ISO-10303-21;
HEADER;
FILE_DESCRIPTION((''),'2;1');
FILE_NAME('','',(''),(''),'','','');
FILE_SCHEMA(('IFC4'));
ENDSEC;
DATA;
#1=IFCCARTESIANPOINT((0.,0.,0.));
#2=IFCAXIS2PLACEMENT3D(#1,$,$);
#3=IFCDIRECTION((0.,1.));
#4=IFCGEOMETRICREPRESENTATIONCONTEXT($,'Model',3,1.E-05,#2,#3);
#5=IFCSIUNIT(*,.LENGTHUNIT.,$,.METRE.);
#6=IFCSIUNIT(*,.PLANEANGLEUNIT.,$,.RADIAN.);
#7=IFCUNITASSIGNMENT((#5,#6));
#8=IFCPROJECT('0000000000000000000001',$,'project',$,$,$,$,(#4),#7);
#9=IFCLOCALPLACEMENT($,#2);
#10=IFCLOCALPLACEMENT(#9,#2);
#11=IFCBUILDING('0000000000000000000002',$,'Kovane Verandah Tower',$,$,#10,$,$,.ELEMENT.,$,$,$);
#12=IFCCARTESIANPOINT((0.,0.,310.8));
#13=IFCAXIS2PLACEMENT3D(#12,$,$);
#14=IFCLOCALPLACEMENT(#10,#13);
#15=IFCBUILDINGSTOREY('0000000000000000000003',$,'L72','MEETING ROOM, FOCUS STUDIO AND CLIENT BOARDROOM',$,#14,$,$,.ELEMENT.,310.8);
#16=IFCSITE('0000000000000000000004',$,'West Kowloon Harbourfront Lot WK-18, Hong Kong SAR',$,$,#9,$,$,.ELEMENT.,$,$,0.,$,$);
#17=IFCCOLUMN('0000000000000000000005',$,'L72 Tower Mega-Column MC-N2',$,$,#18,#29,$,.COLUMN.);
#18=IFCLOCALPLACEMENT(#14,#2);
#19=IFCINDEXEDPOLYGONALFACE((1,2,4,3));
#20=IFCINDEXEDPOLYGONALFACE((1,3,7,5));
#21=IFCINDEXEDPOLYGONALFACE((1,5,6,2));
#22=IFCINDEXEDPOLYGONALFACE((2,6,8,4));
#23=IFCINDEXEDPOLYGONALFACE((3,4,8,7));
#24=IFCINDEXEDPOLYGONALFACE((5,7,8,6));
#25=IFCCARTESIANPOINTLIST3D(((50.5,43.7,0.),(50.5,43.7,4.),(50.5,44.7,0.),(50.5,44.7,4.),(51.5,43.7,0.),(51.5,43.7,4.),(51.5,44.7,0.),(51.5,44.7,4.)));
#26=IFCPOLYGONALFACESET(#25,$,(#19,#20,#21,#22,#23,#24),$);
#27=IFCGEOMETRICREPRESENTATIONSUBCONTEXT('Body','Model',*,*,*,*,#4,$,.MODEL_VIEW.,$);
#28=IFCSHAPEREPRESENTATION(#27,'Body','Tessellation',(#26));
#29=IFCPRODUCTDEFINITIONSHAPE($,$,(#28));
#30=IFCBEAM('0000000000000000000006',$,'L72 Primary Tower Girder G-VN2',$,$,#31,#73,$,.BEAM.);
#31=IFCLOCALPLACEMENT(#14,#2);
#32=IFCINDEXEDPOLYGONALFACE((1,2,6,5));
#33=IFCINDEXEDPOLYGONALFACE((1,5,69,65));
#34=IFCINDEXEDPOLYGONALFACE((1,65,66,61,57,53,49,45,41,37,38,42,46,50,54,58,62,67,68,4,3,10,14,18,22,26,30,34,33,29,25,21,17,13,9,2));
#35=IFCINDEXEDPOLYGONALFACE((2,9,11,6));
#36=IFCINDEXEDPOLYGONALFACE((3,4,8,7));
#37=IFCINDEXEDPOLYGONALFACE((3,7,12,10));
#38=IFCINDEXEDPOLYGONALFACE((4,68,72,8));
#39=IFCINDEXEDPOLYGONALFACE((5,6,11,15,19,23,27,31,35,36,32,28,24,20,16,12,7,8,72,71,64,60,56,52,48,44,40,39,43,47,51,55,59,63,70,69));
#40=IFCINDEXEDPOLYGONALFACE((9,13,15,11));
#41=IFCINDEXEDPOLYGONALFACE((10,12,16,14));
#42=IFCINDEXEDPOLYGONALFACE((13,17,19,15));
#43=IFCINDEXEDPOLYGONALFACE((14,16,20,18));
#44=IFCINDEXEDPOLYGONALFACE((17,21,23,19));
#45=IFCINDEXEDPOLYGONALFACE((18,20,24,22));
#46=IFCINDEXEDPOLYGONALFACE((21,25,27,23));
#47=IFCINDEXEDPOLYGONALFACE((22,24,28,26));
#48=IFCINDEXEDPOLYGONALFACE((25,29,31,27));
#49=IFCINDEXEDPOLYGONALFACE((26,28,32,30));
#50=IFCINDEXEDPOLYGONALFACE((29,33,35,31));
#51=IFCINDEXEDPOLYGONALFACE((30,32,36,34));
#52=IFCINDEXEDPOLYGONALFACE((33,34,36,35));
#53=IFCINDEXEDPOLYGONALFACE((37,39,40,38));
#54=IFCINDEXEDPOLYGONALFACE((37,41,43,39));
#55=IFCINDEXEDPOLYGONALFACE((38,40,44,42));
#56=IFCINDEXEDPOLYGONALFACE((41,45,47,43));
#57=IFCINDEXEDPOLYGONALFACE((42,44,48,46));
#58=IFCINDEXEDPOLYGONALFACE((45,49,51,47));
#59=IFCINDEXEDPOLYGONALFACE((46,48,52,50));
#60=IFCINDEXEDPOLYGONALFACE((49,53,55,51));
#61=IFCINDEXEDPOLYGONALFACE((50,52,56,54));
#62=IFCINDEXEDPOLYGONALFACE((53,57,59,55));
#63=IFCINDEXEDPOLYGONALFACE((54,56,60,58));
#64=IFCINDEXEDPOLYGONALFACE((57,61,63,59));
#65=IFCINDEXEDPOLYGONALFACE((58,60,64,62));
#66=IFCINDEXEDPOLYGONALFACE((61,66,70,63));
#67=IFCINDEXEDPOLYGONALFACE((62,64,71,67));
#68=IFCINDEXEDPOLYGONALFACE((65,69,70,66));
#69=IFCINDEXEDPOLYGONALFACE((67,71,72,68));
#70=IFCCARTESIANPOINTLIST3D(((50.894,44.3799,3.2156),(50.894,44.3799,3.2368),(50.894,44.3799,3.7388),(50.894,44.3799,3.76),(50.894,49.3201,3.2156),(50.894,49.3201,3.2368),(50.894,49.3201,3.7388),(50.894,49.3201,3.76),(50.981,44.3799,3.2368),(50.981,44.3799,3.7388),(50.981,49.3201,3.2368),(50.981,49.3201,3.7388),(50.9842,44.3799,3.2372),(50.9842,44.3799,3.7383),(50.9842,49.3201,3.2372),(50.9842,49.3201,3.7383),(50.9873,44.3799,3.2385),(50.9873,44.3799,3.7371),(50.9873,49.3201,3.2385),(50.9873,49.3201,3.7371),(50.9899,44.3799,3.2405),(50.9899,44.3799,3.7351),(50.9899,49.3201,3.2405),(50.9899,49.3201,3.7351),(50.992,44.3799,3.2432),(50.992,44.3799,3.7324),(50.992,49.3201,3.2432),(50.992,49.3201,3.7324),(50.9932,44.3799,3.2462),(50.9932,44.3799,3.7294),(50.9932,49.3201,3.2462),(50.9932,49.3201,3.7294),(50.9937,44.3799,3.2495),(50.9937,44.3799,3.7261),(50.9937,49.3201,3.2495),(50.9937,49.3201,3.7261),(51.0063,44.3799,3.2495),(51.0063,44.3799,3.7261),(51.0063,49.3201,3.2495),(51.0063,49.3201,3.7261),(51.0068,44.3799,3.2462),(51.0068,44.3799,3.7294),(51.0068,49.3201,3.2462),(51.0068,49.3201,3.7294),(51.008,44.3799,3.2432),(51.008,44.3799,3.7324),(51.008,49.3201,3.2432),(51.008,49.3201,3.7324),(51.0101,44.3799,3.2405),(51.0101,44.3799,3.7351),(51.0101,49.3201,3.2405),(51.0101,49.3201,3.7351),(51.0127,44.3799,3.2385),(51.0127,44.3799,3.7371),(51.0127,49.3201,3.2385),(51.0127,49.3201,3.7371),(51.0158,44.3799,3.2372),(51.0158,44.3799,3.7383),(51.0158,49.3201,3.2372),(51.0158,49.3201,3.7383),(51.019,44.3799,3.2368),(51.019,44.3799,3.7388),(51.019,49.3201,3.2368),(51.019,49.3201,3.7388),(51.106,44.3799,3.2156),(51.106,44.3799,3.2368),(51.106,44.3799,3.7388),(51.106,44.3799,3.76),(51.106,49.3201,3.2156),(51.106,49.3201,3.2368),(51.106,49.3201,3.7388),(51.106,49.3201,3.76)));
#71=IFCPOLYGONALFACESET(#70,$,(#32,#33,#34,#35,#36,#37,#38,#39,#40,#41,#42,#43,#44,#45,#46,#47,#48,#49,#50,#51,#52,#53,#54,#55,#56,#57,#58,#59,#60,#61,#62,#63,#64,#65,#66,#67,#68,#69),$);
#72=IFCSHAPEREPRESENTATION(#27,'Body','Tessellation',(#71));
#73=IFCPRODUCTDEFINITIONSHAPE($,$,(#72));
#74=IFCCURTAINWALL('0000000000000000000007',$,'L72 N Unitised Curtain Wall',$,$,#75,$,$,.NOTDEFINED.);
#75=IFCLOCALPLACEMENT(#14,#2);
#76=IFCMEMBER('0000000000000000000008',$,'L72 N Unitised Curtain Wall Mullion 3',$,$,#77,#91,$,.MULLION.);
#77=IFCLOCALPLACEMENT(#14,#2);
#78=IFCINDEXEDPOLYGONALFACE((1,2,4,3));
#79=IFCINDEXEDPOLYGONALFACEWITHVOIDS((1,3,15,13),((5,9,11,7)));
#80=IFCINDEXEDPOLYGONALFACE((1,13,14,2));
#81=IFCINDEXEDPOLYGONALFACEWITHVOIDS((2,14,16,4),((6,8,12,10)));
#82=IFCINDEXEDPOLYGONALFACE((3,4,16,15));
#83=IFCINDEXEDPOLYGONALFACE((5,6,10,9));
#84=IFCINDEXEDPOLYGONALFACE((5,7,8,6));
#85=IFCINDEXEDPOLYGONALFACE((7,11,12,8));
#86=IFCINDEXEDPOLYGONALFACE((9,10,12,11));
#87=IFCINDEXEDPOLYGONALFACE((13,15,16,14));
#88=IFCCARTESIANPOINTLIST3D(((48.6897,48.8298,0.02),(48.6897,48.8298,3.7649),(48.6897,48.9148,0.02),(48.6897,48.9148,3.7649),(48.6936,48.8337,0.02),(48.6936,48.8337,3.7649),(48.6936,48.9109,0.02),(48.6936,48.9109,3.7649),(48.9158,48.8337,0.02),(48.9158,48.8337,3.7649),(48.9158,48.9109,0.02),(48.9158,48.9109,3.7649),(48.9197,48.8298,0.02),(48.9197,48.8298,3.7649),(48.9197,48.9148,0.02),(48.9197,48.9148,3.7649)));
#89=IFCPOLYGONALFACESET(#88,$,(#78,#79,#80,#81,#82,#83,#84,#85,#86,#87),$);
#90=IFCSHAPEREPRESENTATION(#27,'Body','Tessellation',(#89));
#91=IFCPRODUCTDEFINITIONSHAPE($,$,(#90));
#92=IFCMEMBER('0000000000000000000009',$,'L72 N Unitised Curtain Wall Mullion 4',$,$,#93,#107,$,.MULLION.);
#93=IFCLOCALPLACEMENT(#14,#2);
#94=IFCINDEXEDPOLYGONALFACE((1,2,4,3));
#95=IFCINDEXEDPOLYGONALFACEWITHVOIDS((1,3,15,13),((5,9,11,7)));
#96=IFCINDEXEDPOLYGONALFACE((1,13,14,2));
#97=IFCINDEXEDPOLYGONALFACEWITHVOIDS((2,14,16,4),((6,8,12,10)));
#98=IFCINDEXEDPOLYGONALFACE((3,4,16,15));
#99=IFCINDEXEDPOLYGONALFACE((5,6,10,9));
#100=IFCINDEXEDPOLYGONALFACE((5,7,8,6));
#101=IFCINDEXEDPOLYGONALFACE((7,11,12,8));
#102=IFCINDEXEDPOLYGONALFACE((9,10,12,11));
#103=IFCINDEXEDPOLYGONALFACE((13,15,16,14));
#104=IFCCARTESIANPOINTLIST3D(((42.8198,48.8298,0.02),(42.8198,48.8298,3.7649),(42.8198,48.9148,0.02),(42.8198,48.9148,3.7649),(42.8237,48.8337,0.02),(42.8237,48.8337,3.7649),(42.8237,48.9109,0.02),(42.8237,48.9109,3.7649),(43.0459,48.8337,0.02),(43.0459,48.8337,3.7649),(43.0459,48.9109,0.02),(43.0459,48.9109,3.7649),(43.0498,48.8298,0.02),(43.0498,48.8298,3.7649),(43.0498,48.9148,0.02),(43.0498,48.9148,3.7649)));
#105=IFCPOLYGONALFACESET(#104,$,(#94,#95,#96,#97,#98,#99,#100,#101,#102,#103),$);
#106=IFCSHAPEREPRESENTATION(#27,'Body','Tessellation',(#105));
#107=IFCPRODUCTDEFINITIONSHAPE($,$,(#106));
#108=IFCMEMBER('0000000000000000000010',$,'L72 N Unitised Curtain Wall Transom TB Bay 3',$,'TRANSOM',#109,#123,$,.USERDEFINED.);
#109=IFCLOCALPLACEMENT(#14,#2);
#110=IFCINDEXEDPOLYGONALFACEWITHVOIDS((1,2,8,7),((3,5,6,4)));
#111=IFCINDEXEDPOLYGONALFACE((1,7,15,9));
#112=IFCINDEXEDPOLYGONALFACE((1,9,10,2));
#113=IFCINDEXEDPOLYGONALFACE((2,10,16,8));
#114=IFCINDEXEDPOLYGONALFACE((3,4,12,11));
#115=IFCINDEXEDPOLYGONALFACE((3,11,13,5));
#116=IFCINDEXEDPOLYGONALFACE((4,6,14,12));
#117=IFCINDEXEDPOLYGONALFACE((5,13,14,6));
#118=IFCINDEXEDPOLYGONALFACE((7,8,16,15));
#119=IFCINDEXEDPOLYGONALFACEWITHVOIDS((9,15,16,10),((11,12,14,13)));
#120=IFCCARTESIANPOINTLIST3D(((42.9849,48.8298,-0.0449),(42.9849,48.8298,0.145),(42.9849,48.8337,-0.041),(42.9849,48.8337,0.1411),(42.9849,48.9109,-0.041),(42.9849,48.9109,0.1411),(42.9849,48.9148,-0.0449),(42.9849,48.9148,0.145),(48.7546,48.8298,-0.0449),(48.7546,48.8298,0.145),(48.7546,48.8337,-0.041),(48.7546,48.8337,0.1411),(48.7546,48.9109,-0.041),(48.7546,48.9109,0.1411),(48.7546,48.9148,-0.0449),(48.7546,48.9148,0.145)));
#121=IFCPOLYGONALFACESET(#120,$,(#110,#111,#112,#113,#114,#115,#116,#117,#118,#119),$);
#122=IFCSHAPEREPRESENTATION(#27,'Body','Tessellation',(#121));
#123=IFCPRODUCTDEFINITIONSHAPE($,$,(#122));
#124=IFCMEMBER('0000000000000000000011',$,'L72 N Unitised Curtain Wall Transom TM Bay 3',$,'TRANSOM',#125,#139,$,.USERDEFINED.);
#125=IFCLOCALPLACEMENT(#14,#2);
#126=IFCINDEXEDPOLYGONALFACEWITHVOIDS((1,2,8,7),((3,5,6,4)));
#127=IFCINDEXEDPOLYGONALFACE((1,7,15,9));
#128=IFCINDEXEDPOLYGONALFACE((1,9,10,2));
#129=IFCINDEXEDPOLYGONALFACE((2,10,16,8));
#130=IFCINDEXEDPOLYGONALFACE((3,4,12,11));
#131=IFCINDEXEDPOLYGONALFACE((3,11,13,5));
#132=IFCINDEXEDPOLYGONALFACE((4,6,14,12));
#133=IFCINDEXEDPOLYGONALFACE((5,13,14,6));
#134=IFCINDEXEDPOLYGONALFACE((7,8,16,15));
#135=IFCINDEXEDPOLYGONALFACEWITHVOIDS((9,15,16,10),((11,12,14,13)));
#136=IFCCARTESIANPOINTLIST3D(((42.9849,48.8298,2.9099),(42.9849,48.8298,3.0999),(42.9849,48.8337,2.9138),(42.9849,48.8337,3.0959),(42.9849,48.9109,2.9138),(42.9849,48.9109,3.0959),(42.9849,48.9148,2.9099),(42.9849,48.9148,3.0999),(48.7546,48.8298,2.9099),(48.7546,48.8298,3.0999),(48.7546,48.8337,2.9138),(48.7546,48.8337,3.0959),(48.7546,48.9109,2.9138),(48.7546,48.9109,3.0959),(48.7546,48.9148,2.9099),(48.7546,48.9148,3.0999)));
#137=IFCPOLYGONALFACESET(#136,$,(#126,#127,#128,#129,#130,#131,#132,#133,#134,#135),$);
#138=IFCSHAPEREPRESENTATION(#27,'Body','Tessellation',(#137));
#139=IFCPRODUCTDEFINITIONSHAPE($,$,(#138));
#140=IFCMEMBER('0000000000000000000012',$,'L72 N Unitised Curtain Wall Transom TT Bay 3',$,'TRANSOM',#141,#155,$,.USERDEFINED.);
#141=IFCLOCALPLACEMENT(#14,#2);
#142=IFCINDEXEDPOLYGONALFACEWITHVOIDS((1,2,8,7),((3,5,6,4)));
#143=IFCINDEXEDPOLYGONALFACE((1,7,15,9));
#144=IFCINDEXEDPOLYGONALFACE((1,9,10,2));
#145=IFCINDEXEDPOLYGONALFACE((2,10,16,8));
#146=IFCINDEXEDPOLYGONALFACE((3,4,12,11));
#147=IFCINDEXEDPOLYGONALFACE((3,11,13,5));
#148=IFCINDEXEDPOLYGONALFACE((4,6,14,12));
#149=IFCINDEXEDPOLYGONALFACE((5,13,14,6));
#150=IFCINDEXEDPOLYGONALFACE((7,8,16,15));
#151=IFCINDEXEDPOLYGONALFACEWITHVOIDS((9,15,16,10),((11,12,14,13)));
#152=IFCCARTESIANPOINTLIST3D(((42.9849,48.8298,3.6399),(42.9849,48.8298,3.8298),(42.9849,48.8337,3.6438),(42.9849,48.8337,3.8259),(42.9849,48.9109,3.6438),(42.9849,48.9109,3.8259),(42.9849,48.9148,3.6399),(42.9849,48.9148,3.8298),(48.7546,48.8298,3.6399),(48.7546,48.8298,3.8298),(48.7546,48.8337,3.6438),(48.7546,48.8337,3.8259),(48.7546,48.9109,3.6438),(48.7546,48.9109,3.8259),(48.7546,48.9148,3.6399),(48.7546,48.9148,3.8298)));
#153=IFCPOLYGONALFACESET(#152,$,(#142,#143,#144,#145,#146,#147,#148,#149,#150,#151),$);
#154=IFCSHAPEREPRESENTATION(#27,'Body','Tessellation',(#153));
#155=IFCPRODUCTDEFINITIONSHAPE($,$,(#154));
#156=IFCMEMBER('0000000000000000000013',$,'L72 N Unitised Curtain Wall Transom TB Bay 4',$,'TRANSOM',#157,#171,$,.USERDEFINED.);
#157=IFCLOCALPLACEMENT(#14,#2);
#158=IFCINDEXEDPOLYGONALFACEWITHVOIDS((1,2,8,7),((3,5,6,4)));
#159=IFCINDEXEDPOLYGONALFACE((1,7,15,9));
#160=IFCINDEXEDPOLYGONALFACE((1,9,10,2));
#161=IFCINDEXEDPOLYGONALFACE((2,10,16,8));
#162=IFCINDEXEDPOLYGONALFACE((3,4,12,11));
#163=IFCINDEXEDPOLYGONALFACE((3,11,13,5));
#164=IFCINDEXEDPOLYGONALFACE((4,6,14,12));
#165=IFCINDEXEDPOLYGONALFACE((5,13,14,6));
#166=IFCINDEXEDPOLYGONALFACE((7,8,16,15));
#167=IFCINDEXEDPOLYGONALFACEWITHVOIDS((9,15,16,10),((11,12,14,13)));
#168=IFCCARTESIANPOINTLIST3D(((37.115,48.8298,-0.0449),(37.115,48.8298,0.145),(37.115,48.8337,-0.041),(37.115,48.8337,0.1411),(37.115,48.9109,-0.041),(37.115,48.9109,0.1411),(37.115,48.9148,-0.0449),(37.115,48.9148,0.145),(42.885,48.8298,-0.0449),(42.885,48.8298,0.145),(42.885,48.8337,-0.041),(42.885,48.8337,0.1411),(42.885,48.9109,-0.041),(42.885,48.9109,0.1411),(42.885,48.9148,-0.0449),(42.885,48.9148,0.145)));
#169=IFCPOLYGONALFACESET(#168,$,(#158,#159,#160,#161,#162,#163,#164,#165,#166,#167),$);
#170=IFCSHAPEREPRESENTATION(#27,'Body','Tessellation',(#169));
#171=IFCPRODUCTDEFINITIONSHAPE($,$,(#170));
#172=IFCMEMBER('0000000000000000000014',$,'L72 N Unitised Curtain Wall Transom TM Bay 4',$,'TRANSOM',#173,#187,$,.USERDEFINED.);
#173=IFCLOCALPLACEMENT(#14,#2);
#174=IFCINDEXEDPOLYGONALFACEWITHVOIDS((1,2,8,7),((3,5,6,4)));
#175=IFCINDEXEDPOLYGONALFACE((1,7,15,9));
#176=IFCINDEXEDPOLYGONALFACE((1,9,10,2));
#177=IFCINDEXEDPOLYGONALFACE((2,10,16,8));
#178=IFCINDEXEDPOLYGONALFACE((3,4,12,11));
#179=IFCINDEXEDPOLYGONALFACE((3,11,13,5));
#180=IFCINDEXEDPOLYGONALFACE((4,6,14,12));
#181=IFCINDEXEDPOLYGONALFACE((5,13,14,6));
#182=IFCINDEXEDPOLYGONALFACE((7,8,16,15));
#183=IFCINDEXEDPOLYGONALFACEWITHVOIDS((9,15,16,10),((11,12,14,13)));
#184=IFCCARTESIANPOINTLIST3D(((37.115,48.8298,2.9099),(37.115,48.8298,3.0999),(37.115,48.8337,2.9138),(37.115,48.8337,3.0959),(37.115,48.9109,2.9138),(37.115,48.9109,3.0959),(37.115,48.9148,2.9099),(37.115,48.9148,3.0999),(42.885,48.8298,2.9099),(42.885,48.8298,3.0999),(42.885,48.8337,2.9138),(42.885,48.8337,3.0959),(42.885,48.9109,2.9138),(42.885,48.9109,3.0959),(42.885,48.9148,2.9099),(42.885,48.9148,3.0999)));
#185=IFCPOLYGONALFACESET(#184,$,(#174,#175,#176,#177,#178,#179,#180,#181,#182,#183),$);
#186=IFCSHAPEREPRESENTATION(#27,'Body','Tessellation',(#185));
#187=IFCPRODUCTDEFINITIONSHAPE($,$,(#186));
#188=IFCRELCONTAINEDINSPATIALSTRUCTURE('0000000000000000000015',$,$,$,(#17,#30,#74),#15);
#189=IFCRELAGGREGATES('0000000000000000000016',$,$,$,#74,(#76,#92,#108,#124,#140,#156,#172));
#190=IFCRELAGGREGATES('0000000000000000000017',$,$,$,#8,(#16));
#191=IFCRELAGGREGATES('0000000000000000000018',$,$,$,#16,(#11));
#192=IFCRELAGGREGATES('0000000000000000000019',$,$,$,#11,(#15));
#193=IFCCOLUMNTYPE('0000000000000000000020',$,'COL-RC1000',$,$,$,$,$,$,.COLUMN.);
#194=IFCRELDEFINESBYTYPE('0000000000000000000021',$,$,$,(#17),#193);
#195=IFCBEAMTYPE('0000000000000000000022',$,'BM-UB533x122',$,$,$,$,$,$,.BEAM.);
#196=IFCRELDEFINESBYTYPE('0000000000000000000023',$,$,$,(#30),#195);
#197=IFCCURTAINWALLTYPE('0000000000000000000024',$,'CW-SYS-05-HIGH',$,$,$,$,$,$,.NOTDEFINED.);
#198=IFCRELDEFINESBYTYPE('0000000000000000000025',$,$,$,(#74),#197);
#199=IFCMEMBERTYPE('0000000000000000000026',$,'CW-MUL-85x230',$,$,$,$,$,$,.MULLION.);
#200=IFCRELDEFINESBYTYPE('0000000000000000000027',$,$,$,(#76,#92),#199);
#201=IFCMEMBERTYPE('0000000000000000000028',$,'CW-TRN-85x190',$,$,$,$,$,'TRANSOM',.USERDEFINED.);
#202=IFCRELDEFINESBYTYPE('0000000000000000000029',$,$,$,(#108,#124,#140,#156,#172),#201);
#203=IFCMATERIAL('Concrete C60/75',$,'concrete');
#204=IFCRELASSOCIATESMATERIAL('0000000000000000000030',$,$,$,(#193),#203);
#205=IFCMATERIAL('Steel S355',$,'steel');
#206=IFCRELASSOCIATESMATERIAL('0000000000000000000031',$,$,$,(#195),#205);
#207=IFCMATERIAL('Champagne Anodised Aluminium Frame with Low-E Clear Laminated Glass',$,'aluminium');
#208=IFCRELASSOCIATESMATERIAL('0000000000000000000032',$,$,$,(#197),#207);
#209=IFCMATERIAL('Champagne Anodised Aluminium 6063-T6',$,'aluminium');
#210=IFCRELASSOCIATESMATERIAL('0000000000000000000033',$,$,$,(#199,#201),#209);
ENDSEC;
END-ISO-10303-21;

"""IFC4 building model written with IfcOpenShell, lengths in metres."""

from ifc_helpers import new_model, si_unit, direction, frame, origin, origin_2d, place, context, subcontext, project, spatial, rectangle, hollow_rectangle, i_section, extrude, material, material_profile, profile_set, type_object, element, aggregate, save


model = new_model("IFC4")

# Units and contexts
model_context = context("Model", 3, precision=1e-05, world=origin(), true_north=direction((0.0, 1.0)))
body_context = subcontext(model_context, "Body", "Model", "MODEL_VIEW")
ifc_project = project(units=[si_unit("LENGTHUNIT", "METRE"), si_unit("PLANEANGLEUNIT", "RADIAN")], contexts=[model_context])

# Site, building, storey
site_placement = place(None, origin())
site = spatial("IfcSite", under=ifc_project, at=site_placement, Name="West Kowloon Harbourfront Lot WK-18, Hong Kong SAR", CompositionType="ELEMENT", RefElevation=0.0)
building_placement = place(site_placement, origin())
building = spatial("IfcBuilding", under=site, at=building_placement, Name="Kovane Verandah Tower", CompositionType="ELEMENT")
storey_placement = place(building_placement, frame((0.0, 0.0, 310.8)))
storey = spatial("IfcBuildingStorey", under=building, at=storey_placement, Name="L72", Description="MEETING ROOM, FOCUS STUDIO AND CLIENT BOARDROOM", CompositionType="ELEMENT", Elevation=310.8)

# Column
ifc_material_1 = material(Name="Concrete C60/75", Category="concrete")
ifc_material_profile_1 = material_profile(ifc_material_1, rectangle(XDim=1.0, YDim=1.0, at=origin_2d()), Name="RC1000x1000")
ifc_profile_set_1 = profile_set([ifc_material_profile_1], Name="Concrete C60/75")
column_type = type_object("IfcColumnType", Name="COL-RC1000", PredefinedType="COLUMN", material=ifc_profile_set_1)
column_placement = place(storey_placement, frame((51.0, 44.2, 0.0), z_axis=(0.0, 0.0, 1.0), x_axis=(1.0, 0.0, 0.0)))
element("IfcColumn", 1, at=column_placement, inside=storey, type_object=column_type, Name="L72 Tower Mega-Column MC-N2", PredefinedType="COLUMN", context=body_context, shape_type="SweptSolid", body=[
    extrude(rectangle(XDim=1.0, YDim=1.0, at=origin_2d()), origin(), (0.0, 0.0, 1.0), 4.0),
])

# Beam
ifc_material_2 = material(Name="Steel S355", Category="steel")
ifc_material_profile_2 = material_profile(ifc_material_2, i_section(OverallWidth=0.2119, OverallDepth=0.5444, WebThickness=0.0127, FlangeThickness=0.0212, FilletRadius=0.0127, at=origin_2d()), Name="UB533x210x122")
ifc_profile_set_2 = profile_set([ifc_material_profile_2], Name="Steel S355")
beam_type = type_object("IfcBeamType", Name="BM-UB533x122", PredefinedType="BEAM", material=ifc_profile_set_2)
beam_placement = place(storey_placement, frame((51.0, 44.3799, 3.4878), z_axis=(0.0, 1.0, 0.0), x_axis=(-1.0, 0.0, 0.0)))
element("IfcBeam", 2, at=beam_placement, inside=storey, type_object=beam_type, Name="L72 Primary Tower Girder G-VN2", PredefinedType="BEAM", context=body_context, shape_type="SweptSolid", body=[
    extrude(i_section(OverallWidth=0.2119, OverallDepth=0.5444, WebThickness=0.0127, FlangeThickness=0.0212, FilletRadius=0.0127, at=origin_2d()), origin(), (0.0, 0.0, 1.0), 4.9402),
])

# Curtain wall, members
ifc_material_3 = material(Name="Champagne Anodised Aluminium Frame with Low-E Clear Laminated Glass", Category="aluminium")
curtain_wall_type = type_object("IfcCurtainWallType", Name="CW-SYS-05-HIGH", PredefinedType="NOTDEFINED", material=ifc_material_3)
curtain_wall_placement = place(storey_placement, origin())
curtain_wall = element("IfcCurtainWall", 3, at=curtain_wall_placement, inside=storey, type_object=curtain_wall_type, Name="L72 N Unitised Curtain Wall", PredefinedType="NOTDEFINED")
ifc_material_4 = material(Name="Champagne Anodised Aluminium 6063-T6", Category="aluminium")
ifc_material_profile_3 = material_profile(ifc_material_4, hollow_rectangle(XDim=0.085, YDim=0.23, WallThickness=0.0039, at=origin_2d()), Name="AL85x230x4")
ifc_profile_set_3 = profile_set([ifc_material_profile_3], Name="Champagne Anodised Aluminium 6063-T6")
member_type_1 = type_object("IfcMemberType", Name="CW-MUL-85x230", PredefinedType="MULLION", material=ifc_profile_set_3)
member_1_placement = place(storey_placement, frame((48.8047, 48.8723, 0.02), z_axis=(0.0, 0.0, 1.0), x_axis=(0.0, 1.0, 0.0)))
member_1 = element("IfcMember", 4, at=member_1_placement, type_object=member_type_1, Name="L72 N Unitised Curtain Wall Mullion 3", PredefinedType="MULLION", context=body_context, shape_type="SweptSolid", body=[
    extrude(hollow_rectangle(XDim=0.085, YDim=0.23, WallThickness=0.0039, at=origin_2d()), origin(), (0.0, 0.0, 1.0), 3.7449),
])
member_2_placement = place(storey_placement, frame((42.9348, 48.8723, 0.02), z_axis=(0.0, 0.0, 1.0), x_axis=(0.0, 1.0, 0.0)))
member_2 = element("IfcMember", 5, at=member_2_placement, type_object=member_type_1, Name="L72 N Unitised Curtain Wall Mullion 4", PredefinedType="MULLION", context=body_context, shape_type="SweptSolid", body=[
    extrude(hollow_rectangle(XDim=0.085, YDim=0.23, WallThickness=0.0039, at=origin_2d()), origin(), (0.0, 0.0, 1.0), 3.7449),
])
ifc_material_profile_4 = material_profile(ifc_material_4, hollow_rectangle(XDim=0.085, YDim=0.1899, WallThickness=0.0039, at=origin_2d()), Name="AL85x190x4")
ifc_profile_set_4 = profile_set([ifc_material_profile_4], Name="Champagne Anodised Aluminium 6063-T6")
member_type_2 = type_object("IfcMemberType", Name="CW-TRN-85x190", ElementType="TRANSOM", PredefinedType="USERDEFINED", material=ifc_profile_set_4)
member_3_placement = place(storey_placement, frame((48.7546, 48.8723, 0.05), z_axis=(-1.0, 0.0, 0.0), x_axis=(0.0, -1.0, 0.0)))
member_3 = element("IfcMember", 6, at=member_3_placement, type_object=member_type_2, Name="L72 N Unitised Curtain Wall Transom TB Bay 3", ObjectType="TRANSOM", PredefinedType="USERDEFINED", context=body_context, shape_type="SweptSolid", body=[
    extrude(hollow_rectangle(XDim=0.085, YDim=0.1899, WallThickness=0.0039, at=origin_2d()), origin(), (0.0, 0.0, 1.0), 5.7698),
])
member_4_placement = place(storey_placement, frame((48.7546, 48.8723, 3.0049), z_axis=(-1.0, 0.0, 0.0), x_axis=(0.0, -1.0, 0.0)))
member_4 = element("IfcMember", 7, at=member_4_placement, type_object=member_type_2, Name="L72 N Unitised Curtain Wall Transom TM Bay 3", ObjectType="TRANSOM", PredefinedType="USERDEFINED", context=body_context, shape_type="SweptSolid", body=[
    extrude(hollow_rectangle(XDim=0.085, YDim=0.1899, WallThickness=0.0039, at=origin_2d()), origin(), (0.0, 0.0, 1.0), 5.7698),
])
member_5_placement = place(storey_placement, frame((48.7546, 48.8723, 3.7349), z_axis=(-1.0, 0.0, 0.0), x_axis=(0.0, -1.0, 0.0)))
member_5 = element("IfcMember", 8, at=member_5_placement, type_object=member_type_2, Name="L72 N Unitised Curtain Wall Transom TT Bay 3", ObjectType="TRANSOM", PredefinedType="USERDEFINED", context=body_context, shape_type="SweptSolid", body=[
    extrude(hollow_rectangle(XDim=0.085, YDim=0.1899, WallThickness=0.0039, at=origin_2d()), origin(), (0.0, 0.0, 1.0), 5.7698),
])
member_6_placement = place(storey_placement, frame((42.885, 48.8723, 0.05), z_axis=(-1.0, 0.0, 0.0), x_axis=(0.0, -1.0, 0.0)))
member_6 = element("IfcMember", 9, at=member_6_placement, type_object=member_type_2, Name="L72 N Unitised Curtain Wall Transom TB Bay 4", ObjectType="TRANSOM", PredefinedType="USERDEFINED", context=body_context, shape_type="SweptSolid", body=[
    extrude(hollow_rectangle(XDim=0.085, YDim=0.1899, WallThickness=0.0039, at=origin_2d()), origin(), (0.0, 0.0, 1.0), 5.77),
])
member_7_placement = place(storey_placement, frame((42.885, 48.8723, 3.0049), z_axis=(-1.0, 0.0, 0.0), x_axis=(0.0, -1.0, 0.0)))
member_7 = element("IfcMember", 10, at=member_7_placement, type_object=member_type_2, Name="L72 N Unitised Curtain Wall Transom TM Bay 4", ObjectType="TRANSOM", PredefinedType="USERDEFINED", context=body_context, shape_type="SweptSolid", body=[
    extrude(hollow_rectangle(XDim=0.085, YDim=0.1899, WallThickness=0.0039, at=origin_2d()), origin(), (0.0, 0.0, 1.0), 5.77),
])
aggregate(curtain_wall, [member_1, member_2, member_3, member_4, member_5, member_6, member_7])

save(model, "model.ifc")
